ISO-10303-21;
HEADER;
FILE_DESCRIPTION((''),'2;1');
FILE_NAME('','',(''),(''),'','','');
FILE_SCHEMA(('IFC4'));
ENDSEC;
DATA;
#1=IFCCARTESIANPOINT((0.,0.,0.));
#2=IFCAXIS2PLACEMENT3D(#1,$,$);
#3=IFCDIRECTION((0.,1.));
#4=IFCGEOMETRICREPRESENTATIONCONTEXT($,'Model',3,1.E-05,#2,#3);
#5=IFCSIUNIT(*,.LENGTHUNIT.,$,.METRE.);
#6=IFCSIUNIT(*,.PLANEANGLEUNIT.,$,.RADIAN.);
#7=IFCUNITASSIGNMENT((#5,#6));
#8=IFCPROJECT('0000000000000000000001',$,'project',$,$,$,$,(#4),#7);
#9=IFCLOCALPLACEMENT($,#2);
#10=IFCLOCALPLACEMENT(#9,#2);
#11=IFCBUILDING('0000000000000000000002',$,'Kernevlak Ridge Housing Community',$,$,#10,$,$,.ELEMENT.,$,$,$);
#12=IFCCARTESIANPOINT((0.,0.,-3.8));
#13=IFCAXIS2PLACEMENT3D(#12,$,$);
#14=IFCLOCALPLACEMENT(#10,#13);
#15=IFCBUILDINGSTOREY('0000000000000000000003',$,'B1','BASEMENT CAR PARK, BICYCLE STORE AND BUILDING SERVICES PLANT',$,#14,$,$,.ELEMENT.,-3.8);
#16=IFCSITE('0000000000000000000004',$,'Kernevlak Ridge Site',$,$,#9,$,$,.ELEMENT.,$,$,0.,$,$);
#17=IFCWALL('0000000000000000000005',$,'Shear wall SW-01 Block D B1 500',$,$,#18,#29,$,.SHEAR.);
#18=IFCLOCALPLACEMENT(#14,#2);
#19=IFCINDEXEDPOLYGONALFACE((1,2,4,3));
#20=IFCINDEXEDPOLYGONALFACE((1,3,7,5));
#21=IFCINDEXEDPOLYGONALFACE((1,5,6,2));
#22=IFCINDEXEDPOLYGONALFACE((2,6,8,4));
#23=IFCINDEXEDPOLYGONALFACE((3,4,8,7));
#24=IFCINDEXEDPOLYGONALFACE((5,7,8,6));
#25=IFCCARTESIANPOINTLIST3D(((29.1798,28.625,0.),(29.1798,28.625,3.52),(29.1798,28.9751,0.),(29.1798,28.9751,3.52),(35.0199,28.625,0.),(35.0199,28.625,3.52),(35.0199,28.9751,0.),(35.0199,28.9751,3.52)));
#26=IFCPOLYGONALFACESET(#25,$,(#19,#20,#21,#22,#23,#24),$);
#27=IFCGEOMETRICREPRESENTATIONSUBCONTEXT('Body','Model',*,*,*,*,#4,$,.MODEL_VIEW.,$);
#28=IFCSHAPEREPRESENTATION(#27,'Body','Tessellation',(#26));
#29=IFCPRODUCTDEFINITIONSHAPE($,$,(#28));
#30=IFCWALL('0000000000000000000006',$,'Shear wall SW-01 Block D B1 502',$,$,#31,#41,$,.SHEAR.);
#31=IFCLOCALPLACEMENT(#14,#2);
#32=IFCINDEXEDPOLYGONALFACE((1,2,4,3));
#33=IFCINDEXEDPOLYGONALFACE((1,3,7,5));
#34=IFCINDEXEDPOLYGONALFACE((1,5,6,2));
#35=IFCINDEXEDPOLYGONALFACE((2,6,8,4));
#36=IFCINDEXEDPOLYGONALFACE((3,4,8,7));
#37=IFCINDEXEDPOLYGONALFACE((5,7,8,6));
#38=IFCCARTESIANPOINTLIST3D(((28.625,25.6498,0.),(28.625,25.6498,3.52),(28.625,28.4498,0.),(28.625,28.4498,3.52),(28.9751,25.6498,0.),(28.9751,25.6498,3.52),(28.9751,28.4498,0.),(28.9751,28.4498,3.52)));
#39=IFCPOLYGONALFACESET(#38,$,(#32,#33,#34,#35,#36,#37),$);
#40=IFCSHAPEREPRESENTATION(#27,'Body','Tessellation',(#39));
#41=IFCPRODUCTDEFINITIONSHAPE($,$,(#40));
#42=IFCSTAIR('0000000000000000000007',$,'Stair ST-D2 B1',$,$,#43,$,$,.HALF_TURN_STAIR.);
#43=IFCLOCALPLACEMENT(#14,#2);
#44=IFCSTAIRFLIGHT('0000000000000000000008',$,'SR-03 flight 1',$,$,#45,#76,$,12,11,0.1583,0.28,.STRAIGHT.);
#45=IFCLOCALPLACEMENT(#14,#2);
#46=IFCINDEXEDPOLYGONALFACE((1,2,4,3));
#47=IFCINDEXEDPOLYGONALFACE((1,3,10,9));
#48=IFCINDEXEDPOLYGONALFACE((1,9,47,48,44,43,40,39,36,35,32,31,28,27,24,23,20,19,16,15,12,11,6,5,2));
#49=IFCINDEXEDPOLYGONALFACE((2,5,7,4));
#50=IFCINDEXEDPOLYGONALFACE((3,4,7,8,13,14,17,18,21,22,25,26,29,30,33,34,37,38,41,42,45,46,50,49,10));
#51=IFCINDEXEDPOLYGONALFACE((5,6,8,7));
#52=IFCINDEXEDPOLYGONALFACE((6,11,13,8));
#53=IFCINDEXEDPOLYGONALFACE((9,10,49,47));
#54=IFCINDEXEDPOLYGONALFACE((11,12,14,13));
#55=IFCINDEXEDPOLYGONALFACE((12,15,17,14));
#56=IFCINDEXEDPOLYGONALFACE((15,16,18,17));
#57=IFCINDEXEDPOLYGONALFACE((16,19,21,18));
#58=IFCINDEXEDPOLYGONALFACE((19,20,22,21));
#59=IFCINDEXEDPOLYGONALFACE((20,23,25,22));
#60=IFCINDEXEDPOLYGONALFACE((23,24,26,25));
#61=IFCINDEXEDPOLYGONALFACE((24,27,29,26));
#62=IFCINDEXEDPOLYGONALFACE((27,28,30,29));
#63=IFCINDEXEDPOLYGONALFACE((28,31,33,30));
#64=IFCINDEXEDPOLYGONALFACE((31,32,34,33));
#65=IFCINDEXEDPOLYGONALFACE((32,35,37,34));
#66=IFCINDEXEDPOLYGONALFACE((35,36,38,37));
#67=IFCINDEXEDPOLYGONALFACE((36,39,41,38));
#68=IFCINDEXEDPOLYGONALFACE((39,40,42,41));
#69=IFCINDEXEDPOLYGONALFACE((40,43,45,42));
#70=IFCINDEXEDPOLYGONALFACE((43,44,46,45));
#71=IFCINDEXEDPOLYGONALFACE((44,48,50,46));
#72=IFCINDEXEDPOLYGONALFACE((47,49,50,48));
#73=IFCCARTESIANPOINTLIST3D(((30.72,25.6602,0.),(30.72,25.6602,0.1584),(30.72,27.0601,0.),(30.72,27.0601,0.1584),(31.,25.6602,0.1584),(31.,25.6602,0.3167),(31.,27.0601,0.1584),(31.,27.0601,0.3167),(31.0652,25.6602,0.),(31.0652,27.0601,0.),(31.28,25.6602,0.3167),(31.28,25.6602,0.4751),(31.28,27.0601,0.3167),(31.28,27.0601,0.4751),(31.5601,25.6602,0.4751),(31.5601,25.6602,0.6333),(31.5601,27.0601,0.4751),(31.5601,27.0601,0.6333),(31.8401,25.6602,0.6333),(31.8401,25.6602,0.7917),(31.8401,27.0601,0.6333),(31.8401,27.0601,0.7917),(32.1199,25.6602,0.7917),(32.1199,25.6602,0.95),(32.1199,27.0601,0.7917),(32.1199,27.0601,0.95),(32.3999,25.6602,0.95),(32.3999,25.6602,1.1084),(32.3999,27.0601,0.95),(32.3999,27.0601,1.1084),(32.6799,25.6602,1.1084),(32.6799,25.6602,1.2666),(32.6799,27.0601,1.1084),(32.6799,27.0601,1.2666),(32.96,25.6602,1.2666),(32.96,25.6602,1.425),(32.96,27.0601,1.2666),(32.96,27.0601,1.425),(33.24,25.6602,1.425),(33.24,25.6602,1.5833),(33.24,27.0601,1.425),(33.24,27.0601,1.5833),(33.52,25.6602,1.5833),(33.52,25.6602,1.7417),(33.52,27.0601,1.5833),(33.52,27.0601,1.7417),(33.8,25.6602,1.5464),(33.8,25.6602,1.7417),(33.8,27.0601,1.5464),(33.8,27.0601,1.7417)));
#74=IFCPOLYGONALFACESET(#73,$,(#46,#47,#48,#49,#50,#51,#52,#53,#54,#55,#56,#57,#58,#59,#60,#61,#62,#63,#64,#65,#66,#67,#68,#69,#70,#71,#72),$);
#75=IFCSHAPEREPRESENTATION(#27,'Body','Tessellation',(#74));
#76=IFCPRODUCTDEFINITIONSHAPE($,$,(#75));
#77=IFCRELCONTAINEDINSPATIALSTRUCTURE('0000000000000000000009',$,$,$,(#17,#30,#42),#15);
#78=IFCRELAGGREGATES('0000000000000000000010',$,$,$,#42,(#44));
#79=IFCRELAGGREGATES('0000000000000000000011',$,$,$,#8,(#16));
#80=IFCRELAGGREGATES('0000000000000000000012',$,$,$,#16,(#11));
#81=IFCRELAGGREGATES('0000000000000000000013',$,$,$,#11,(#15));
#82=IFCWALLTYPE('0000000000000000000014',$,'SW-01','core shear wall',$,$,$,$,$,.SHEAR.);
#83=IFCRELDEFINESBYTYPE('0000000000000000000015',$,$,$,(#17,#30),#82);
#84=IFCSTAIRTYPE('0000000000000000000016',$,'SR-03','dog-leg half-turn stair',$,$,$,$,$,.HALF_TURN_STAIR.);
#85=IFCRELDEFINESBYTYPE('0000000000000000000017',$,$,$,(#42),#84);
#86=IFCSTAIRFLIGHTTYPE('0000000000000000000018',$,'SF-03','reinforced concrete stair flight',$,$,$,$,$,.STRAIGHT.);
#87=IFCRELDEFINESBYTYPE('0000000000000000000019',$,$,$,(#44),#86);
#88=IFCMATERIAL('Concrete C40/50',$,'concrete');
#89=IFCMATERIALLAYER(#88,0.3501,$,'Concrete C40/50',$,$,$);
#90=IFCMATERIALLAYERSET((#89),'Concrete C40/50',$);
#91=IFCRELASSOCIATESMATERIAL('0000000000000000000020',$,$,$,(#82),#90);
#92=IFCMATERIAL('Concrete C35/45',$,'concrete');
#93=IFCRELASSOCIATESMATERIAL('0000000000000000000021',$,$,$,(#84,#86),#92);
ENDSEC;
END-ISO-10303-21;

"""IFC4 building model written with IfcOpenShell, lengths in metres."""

from ifc_helpers import new_model, si_unit, direction, frame, frame_2d, origin, place, context, subcontext, project, spatial, polyline, rectangle, outline, extrude, material, layer, layer_set, type_object, element, aggregate, save


model = new_model("IFC4")

# Units and contexts
model_context = context("Model", 3, precision=1e-05, world=origin(), true_north=direction((0.0, 1.0)))
body_context = subcontext(model_context, "Body", "Model", "MODEL_VIEW")
ifc_project = project(units=[si_unit("LENGTHUNIT", "METRE"), si_unit("PLANEANGLEUNIT", "RADIAN")], contexts=[model_context])

# Site, building, storey
site_placement = place(None, origin())
site = spatial("IfcSite", under=ifc_project, at=site_placement, Name="Kernevlak Ridge Site", CompositionType="ELEMENT", RefElevation=0.0)
building_placement = place(site_placement, origin())
building = spatial("IfcBuilding", under=site, at=building_placement, Name="Kernevlak Ridge Housing Community", CompositionType="ELEMENT")
storey_placement = place(building_placement, frame((0.0, 0.0, -3.8)))
storey = spatial("IfcBuildingStorey", under=building, at=storey_placement, Name="B1", Description="BASEMENT CAR PARK, BICYCLE STORE AND BUILDING SERVICES PLANT", CompositionType="ELEMENT", Elevation=-3.8)

# Shared definitions
ifc_material_1 = material(Name="Concrete C35/45", Category="concrete")

# Walls
ifc_material_2 = material(Name="Concrete C40/50", Category="concrete")
ifc_layer_1 = layer(ifc_material_2, 0.3501, Name="Concrete C40/50")
ifc_layer_set_1 = layer_set([ifc_layer_1], Name="Concrete C40/50")
wall_type_1 = type_object("IfcWallType", Name="SW-01", Description="core shear wall", PredefinedType="SHEAR", material=ifc_layer_set_1)
wall_1_placement = place(storey_placement, frame((29.1799, 28.8, 0.0), z_axis=(0.0, 0.0, 1.0), x_axis=(1.0, 0.0, 0.0)))
element("IfcWall", 1, at=wall_1_placement, inside=storey, type_object=wall_type_1, Name="Shear wall SW-01 Block D B1 500", PredefinedType="SHEAR", context=body_context, shape_type="SweptSolid", body=[
    extrude(rectangle(XDim=5.8401, YDim=0.3501, at=frame_2d((2.9199, 0.0))), origin(), (0.0, 0.0, 1.0), 3.52),
])
wall_2_placement = place(storey_placement, frame((28.8, 25.6499, 0.0), z_axis=(0.0, 0.0, 1.0), x_axis=(0.0, 1.0, 0.0)))
element("IfcWall", 2, at=wall_2_placement, inside=storey, type_object=wall_type_1, Name="Shear wall SW-01 Block D B1 502", PredefinedType="SHEAR", context=body_context, shape_type="SweptSolid", body=[
    extrude(rectangle(XDim=2.8, YDim=0.3501, at=frame_2d((1.3999, 0.0))), origin(), (0.0, 0.0, 1.0), 3.52),
])

# Stair, stair flight
stair_type = type_object("IfcStairType", Name="SR-03", Description="dog-leg half-turn stair", PredefinedType="HALF_TURN_STAIR", material=ifc_material_1)
stair_placement = place(storey_placement, origin())
stair = element("IfcStair", 3, at=stair_placement, inside=storey, type_object=stair_type, Name="Stair ST-D2 B1", PredefinedType="HALF_TURN_STAIR")
stair_flight_type = type_object("IfcStairFlightType", Name="SF-03", Description="reinforced concrete stair flight", PredefinedType="STRAIGHT", material=ifc_material_1)
stair_flight_placement = place(storey_placement, frame((30.72, 26.3601, 0.0), z_axis=(0.0, 0.0, 1.0), x_axis=(1.0, 0.0, 0.0)))
stair_flight = element("IfcStairFlight", 4, at=stair_flight_placement, type_object=stair_flight_type, Name="SR-03 flight 1", NumberOfRisers=12, NumberOfTreads=11, PredefinedType="STRAIGHT", RiserHeight=0.1583, TreadLength=0.28, context=body_context, shape_type="SweptSolid", body=[
    extrude(outline(polyline([(0.0, 0.0), (0.0, 0.1584), (0.28, 0.1584), (0.28, 0.3167), (0.5601, 0.3167), (0.5601, 0.4751), (0.8401, 0.4751), (0.8401, 0.6333), (1.1201, 0.6333), (1.1201, 0.7917), (1.3999, 0.7917), (1.3999, 0.95), (1.6799, 0.95), (1.6799, 1.1084), (1.96, 1.1084), (1.96, 1.2666), (2.24, 1.2666), (2.24, 1.425), (2.52, 1.425), (2.52, 1.5833), (2.8, 1.5833), (2.8, 1.7417), (3.0801, 1.7417), (3.0801, 1.8999), (3.0801, 1.5464), (0.3452, 0.0), (0.0, 0.0)])), frame((0.0, 0.7, 0.0), z_axis=(0.0, -1.0, 0.0), x_axis=(1.0, 0.0, 0.0)), (0.0, 0.0, 1.0), 1.3999),
])
aggregate(stair, [stair_flight])

save(model, "model.ifc")
